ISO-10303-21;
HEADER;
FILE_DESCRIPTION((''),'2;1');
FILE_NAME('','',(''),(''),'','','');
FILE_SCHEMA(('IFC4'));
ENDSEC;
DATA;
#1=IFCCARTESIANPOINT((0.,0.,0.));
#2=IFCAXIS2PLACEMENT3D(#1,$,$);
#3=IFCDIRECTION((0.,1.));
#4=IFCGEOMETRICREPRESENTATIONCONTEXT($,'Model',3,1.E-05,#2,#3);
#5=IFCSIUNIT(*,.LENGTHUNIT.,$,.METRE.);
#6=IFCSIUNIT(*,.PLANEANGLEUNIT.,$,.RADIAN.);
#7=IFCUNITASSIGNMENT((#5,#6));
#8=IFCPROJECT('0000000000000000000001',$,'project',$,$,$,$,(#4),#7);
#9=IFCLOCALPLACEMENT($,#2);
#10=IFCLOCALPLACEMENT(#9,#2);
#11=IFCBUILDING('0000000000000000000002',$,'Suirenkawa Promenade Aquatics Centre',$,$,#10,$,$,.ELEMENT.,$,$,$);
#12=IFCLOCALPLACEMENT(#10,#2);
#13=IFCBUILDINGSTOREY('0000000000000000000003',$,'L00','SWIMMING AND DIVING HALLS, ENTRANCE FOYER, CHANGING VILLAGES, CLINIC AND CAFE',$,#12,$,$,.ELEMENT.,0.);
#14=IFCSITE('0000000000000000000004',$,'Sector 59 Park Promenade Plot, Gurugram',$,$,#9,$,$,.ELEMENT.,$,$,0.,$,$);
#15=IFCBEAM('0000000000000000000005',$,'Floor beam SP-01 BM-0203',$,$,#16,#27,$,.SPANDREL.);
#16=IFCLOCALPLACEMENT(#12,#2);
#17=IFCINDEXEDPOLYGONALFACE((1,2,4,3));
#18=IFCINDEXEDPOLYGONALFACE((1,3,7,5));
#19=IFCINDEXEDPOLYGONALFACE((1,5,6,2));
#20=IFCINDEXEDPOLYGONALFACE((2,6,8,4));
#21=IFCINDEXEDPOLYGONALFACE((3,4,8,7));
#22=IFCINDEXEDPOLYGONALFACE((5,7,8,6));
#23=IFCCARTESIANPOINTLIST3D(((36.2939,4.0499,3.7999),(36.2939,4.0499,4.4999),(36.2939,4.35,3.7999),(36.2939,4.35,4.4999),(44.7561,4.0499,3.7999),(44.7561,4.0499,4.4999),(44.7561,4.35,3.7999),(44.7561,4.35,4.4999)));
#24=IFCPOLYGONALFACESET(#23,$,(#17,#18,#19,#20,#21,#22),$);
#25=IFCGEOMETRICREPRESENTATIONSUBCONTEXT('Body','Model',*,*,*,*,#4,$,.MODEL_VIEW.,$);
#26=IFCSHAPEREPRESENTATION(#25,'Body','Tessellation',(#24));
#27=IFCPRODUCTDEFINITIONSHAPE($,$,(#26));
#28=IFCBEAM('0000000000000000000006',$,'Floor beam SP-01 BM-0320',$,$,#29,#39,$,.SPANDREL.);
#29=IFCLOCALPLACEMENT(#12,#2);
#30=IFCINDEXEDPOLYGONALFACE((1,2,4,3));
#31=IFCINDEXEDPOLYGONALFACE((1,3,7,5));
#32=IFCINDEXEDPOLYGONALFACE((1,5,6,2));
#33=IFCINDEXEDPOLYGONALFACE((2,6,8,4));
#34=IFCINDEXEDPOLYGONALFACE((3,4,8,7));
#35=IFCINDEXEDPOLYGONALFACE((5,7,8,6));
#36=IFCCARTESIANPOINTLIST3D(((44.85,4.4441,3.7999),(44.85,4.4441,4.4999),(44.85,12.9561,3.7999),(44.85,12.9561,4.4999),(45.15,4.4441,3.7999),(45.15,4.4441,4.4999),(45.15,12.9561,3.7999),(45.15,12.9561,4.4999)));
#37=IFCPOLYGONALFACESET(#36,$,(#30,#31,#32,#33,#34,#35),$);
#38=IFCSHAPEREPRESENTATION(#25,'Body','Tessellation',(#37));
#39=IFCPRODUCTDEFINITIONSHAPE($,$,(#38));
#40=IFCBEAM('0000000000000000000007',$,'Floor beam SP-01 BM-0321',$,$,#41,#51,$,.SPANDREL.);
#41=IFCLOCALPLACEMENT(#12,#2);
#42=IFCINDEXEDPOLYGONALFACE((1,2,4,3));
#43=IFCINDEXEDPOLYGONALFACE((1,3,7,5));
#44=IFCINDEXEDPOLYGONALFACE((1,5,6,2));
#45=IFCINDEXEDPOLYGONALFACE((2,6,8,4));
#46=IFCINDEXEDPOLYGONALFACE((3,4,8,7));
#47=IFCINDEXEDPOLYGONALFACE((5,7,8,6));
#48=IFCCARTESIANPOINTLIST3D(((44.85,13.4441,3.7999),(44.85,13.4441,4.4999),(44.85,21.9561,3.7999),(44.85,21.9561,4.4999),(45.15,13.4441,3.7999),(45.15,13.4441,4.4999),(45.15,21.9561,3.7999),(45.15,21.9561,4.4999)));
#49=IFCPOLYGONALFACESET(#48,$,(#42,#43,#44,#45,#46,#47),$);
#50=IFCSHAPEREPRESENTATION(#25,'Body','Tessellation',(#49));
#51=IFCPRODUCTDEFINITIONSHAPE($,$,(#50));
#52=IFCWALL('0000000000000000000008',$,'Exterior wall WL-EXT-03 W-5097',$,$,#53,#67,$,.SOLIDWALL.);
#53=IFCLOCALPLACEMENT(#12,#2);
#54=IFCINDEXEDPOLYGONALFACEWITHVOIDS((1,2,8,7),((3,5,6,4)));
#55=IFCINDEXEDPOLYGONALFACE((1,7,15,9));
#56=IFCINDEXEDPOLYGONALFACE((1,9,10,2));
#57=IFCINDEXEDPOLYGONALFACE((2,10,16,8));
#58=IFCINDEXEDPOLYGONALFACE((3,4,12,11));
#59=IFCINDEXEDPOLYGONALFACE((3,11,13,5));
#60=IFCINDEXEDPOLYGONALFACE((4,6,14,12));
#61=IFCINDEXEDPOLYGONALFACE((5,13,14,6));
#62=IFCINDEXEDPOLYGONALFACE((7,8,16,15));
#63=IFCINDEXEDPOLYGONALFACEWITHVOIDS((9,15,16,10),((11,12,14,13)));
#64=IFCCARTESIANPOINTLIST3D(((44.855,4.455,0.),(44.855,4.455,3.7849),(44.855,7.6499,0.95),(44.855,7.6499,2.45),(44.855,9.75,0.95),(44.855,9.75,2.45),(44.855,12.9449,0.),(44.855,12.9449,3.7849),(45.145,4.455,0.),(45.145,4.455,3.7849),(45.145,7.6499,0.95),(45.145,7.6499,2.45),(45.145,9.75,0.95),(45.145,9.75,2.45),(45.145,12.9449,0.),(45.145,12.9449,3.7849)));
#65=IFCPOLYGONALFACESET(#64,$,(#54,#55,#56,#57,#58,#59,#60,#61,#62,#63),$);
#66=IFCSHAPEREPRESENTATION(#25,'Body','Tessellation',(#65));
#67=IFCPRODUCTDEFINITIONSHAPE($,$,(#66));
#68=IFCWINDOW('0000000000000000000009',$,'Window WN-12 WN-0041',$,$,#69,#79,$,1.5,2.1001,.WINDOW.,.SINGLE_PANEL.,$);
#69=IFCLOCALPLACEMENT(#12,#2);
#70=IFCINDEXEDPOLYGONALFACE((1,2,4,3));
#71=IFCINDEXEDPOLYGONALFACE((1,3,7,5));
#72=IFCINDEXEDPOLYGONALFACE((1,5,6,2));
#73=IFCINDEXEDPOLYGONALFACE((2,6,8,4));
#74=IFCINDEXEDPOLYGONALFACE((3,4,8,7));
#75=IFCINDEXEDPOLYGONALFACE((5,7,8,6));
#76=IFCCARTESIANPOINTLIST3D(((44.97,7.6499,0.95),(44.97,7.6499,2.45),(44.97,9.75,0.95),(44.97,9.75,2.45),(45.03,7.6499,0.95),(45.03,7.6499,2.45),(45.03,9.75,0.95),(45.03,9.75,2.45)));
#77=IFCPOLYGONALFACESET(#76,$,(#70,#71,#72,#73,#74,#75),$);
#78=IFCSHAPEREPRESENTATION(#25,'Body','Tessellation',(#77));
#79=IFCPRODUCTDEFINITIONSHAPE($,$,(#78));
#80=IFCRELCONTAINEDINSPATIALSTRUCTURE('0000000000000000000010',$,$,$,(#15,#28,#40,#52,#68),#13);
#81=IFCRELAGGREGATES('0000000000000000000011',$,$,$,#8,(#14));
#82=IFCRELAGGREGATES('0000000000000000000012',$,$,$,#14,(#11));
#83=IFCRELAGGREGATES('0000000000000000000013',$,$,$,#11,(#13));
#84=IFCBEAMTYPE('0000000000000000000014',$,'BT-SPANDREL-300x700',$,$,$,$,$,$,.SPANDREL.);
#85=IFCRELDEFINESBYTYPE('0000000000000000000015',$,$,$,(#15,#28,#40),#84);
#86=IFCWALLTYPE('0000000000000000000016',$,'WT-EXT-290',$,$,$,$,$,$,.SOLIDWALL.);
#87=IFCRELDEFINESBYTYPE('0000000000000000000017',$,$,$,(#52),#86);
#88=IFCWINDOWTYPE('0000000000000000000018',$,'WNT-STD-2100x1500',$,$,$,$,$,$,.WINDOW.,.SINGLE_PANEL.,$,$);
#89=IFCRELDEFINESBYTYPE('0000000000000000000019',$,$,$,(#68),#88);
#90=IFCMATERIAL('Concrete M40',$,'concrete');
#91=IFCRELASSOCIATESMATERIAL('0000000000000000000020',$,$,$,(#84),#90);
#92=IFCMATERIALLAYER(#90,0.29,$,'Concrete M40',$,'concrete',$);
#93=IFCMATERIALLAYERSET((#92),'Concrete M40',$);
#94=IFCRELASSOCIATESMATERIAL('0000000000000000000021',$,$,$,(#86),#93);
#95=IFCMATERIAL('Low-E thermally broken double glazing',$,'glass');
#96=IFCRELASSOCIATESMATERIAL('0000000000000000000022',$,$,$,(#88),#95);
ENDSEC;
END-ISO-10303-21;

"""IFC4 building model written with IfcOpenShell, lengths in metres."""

from ifc_helpers import new_model, si_unit, direction, frame, frame_2d, origin, origin_2d, place, context, subcontext, project, spatial, rectangle, extrude, material, layer, layer_set, material_profile, profile_set, type_object, element, fill, save


model = new_model("IFC4")

# Units and contexts
model_context = context("Model", 3, precision=1e-05, world=origin(), true_north=direction((0.0, 1.0)))
body_context = subcontext(model_context, "Body", "Model", "MODEL_VIEW")
ifc_project = project(units=[si_unit("LENGTHUNIT", "METRE"), si_unit("PLANEANGLEUNIT", "RADIAN")], contexts=[model_context])

# Site, building, storey
site_placement = place(None, origin())
site = spatial("IfcSite", under=ifc_project, at=site_placement, Name="Sector 59 Park Promenade Plot, Gurugram", CompositionType="ELEMENT", RefElevation=0.0)
building_placement = place(site_placement, origin())
building = spatial("IfcBuilding", under=site, at=building_placement, Name="Suirenkawa Promenade Aquatics Centre", CompositionType="ELEMENT")
storey_placement = place(building_placement, origin())
storey = spatial("IfcBuildingStorey", under=building, at=storey_placement, Name="L00", Description="SWIMMING AND DIVING HALLS, ENTRANCE FOYER, CHANGING VILLAGES, CLINIC AND CAFE", CompositionType="ELEMENT", Elevation=0.0)

# Shared definitions
ifc_material_1 = material(Name="Concrete M40", Category="concrete")

# Beams
ifc_material_profile_1 = material_profile(ifc_material_1, rectangle(XDim=0.3, YDim=0.7, at=origin_2d()), Name="RC SPANDREL 300x700", Category="concrete")
ifc_profile_set_1 = profile_set([ifc_material_profile_1], Name="Concrete M40")
beam_type_1 = type_object("IfcBeamType", Name="BT-SPANDREL-300x700", PredefinedType="SPANDREL", material=ifc_profile_set_1)
beam_1_placement = place(storey_placement, frame((36.2939, 4.2, 4.1499), z_axis=(1.0, 0.0, 0.0), x_axis=(0.0, 1.0, 0.0)))
element("IfcBeam", 1, at=beam_1_placement, inside=storey, type_object=beam_type_1, Name="Floor beam SP-01 BM-0203", PredefinedType="SPANDREL", context=body_context, shape_type="SweptSolid", body=[
    extrude(rectangle(XDim=0.3, YDim=0.7, at=origin_2d()), origin(), (0.0, 0.0, 1.0), 8.4622),
])
for number, where, z_axis, x_axis, name in (
    (2, (45.0, 4.4441, 4.1499), (0.0, 1.0, 0.0), (-1.0, 0.0, 0.0), "Floor beam SP-01 BM-0320"),
    (3, (45.0, 13.4441, 4.1499), (0.0, 1.0, 0.0), (-1.0, 0.0, 0.0), "Floor beam SP-01 BM-0321"),
):
    element("IfcBeam", number, at=place(storey_placement, frame(where, z_axis=z_axis, x_axis=x_axis)), inside=storey, type_object=beam_type_1, Name=name, PredefinedType="SPANDREL", context=body_context, shape_type="SweptSolid", body=[
        extrude(rectangle(XDim=0.3, YDim=0.7, at=origin_2d()), origin(), (0.0, 0.0, 1.0), 8.512),
    ])

# Wall, opening, window
ifc_layer_1 = layer(ifc_material_1, 0.29, Name="Concrete M40", Category="concrete")
ifc_layer_set_1 = layer_set([ifc_layer_1], Name="Concrete M40")
wall_type_1 = type_object("IfcWallType", Name="WT-EXT-290", PredefinedType="SOLIDWALL", material=ifc_layer_set_1)
wall_1_placement = place(storey_placement, frame((45.0, 12.9451, 0.0), z_axis=(0.0, 0.0, 1.0), x_axis=(0.0, -1.0, 0.0)))
wall_1 = element("IfcWall", 4, at=wall_1_placement, inside=storey, type_object=wall_type_1, Name="Exterior wall WL-EXT-03 W-5097", PredefinedType="SOLIDWALL", context=body_context, shape_type="SweptSolid", body=[
    extrude(rectangle(XDim=8.49, YDim=0.29, at=frame_2d((4.2451, 0.0))), origin(), (0.0, 0.0, 1.0), 3.7849),
])
opening_1_placement = place(wall_1_placement, frame((3.1951, 0.0, 0.95)))
opening_1 = element("IfcOpeningElement", 5, at=opening_1_placement, cuts=wall_1, PredefinedType="OPENING", context=body_context, shape_type="SweptSolid", body=[
    extrude(rectangle(XDim=2.1001, YDim=1.5, at=frame_2d((1.05, 0.75))), frame((0.0, 0.155, 0.0), z_axis=(0.0, -1.0, 0.0), x_axis=(1.0, 0.0, 0.0)), (0.0, 0.0, 1.0), 0.3101),
])
ifc_material_2 = material(Name="Low-E thermally broken double glazing", Category="glass")
window_type = type_object("IfcWindowType", Name="WNT-STD-2100x1500", PartitioningType="SINGLE_PANEL", PredefinedType="WINDOW", material=ifc_material_2)
window_placement = place(opening_1_placement, origin())
window = element("IfcWindow", 6, at=window_placement, inside=storey, type_object=window_type, Name="Window WN-12 WN-0041", OverallHeight=1.5, OverallWidth=2.1001, PartitioningType="SINGLE_PANEL", PredefinedType="WINDOW", context=body_context, shape_type="SweptSolid", body=[
    extrude(rectangle(XDim=2.1001, YDim=1.5, at=frame_2d((1.05, 0.75))), frame((0.0, 0.03, 0.0), z_axis=(0.0, -1.0, 0.0), x_axis=(1.0, 0.0, 0.0)), (0.0, 0.0, 1.0), 0.0601),
])
fill(opening_1, window)

save(model, "model.ifc")
